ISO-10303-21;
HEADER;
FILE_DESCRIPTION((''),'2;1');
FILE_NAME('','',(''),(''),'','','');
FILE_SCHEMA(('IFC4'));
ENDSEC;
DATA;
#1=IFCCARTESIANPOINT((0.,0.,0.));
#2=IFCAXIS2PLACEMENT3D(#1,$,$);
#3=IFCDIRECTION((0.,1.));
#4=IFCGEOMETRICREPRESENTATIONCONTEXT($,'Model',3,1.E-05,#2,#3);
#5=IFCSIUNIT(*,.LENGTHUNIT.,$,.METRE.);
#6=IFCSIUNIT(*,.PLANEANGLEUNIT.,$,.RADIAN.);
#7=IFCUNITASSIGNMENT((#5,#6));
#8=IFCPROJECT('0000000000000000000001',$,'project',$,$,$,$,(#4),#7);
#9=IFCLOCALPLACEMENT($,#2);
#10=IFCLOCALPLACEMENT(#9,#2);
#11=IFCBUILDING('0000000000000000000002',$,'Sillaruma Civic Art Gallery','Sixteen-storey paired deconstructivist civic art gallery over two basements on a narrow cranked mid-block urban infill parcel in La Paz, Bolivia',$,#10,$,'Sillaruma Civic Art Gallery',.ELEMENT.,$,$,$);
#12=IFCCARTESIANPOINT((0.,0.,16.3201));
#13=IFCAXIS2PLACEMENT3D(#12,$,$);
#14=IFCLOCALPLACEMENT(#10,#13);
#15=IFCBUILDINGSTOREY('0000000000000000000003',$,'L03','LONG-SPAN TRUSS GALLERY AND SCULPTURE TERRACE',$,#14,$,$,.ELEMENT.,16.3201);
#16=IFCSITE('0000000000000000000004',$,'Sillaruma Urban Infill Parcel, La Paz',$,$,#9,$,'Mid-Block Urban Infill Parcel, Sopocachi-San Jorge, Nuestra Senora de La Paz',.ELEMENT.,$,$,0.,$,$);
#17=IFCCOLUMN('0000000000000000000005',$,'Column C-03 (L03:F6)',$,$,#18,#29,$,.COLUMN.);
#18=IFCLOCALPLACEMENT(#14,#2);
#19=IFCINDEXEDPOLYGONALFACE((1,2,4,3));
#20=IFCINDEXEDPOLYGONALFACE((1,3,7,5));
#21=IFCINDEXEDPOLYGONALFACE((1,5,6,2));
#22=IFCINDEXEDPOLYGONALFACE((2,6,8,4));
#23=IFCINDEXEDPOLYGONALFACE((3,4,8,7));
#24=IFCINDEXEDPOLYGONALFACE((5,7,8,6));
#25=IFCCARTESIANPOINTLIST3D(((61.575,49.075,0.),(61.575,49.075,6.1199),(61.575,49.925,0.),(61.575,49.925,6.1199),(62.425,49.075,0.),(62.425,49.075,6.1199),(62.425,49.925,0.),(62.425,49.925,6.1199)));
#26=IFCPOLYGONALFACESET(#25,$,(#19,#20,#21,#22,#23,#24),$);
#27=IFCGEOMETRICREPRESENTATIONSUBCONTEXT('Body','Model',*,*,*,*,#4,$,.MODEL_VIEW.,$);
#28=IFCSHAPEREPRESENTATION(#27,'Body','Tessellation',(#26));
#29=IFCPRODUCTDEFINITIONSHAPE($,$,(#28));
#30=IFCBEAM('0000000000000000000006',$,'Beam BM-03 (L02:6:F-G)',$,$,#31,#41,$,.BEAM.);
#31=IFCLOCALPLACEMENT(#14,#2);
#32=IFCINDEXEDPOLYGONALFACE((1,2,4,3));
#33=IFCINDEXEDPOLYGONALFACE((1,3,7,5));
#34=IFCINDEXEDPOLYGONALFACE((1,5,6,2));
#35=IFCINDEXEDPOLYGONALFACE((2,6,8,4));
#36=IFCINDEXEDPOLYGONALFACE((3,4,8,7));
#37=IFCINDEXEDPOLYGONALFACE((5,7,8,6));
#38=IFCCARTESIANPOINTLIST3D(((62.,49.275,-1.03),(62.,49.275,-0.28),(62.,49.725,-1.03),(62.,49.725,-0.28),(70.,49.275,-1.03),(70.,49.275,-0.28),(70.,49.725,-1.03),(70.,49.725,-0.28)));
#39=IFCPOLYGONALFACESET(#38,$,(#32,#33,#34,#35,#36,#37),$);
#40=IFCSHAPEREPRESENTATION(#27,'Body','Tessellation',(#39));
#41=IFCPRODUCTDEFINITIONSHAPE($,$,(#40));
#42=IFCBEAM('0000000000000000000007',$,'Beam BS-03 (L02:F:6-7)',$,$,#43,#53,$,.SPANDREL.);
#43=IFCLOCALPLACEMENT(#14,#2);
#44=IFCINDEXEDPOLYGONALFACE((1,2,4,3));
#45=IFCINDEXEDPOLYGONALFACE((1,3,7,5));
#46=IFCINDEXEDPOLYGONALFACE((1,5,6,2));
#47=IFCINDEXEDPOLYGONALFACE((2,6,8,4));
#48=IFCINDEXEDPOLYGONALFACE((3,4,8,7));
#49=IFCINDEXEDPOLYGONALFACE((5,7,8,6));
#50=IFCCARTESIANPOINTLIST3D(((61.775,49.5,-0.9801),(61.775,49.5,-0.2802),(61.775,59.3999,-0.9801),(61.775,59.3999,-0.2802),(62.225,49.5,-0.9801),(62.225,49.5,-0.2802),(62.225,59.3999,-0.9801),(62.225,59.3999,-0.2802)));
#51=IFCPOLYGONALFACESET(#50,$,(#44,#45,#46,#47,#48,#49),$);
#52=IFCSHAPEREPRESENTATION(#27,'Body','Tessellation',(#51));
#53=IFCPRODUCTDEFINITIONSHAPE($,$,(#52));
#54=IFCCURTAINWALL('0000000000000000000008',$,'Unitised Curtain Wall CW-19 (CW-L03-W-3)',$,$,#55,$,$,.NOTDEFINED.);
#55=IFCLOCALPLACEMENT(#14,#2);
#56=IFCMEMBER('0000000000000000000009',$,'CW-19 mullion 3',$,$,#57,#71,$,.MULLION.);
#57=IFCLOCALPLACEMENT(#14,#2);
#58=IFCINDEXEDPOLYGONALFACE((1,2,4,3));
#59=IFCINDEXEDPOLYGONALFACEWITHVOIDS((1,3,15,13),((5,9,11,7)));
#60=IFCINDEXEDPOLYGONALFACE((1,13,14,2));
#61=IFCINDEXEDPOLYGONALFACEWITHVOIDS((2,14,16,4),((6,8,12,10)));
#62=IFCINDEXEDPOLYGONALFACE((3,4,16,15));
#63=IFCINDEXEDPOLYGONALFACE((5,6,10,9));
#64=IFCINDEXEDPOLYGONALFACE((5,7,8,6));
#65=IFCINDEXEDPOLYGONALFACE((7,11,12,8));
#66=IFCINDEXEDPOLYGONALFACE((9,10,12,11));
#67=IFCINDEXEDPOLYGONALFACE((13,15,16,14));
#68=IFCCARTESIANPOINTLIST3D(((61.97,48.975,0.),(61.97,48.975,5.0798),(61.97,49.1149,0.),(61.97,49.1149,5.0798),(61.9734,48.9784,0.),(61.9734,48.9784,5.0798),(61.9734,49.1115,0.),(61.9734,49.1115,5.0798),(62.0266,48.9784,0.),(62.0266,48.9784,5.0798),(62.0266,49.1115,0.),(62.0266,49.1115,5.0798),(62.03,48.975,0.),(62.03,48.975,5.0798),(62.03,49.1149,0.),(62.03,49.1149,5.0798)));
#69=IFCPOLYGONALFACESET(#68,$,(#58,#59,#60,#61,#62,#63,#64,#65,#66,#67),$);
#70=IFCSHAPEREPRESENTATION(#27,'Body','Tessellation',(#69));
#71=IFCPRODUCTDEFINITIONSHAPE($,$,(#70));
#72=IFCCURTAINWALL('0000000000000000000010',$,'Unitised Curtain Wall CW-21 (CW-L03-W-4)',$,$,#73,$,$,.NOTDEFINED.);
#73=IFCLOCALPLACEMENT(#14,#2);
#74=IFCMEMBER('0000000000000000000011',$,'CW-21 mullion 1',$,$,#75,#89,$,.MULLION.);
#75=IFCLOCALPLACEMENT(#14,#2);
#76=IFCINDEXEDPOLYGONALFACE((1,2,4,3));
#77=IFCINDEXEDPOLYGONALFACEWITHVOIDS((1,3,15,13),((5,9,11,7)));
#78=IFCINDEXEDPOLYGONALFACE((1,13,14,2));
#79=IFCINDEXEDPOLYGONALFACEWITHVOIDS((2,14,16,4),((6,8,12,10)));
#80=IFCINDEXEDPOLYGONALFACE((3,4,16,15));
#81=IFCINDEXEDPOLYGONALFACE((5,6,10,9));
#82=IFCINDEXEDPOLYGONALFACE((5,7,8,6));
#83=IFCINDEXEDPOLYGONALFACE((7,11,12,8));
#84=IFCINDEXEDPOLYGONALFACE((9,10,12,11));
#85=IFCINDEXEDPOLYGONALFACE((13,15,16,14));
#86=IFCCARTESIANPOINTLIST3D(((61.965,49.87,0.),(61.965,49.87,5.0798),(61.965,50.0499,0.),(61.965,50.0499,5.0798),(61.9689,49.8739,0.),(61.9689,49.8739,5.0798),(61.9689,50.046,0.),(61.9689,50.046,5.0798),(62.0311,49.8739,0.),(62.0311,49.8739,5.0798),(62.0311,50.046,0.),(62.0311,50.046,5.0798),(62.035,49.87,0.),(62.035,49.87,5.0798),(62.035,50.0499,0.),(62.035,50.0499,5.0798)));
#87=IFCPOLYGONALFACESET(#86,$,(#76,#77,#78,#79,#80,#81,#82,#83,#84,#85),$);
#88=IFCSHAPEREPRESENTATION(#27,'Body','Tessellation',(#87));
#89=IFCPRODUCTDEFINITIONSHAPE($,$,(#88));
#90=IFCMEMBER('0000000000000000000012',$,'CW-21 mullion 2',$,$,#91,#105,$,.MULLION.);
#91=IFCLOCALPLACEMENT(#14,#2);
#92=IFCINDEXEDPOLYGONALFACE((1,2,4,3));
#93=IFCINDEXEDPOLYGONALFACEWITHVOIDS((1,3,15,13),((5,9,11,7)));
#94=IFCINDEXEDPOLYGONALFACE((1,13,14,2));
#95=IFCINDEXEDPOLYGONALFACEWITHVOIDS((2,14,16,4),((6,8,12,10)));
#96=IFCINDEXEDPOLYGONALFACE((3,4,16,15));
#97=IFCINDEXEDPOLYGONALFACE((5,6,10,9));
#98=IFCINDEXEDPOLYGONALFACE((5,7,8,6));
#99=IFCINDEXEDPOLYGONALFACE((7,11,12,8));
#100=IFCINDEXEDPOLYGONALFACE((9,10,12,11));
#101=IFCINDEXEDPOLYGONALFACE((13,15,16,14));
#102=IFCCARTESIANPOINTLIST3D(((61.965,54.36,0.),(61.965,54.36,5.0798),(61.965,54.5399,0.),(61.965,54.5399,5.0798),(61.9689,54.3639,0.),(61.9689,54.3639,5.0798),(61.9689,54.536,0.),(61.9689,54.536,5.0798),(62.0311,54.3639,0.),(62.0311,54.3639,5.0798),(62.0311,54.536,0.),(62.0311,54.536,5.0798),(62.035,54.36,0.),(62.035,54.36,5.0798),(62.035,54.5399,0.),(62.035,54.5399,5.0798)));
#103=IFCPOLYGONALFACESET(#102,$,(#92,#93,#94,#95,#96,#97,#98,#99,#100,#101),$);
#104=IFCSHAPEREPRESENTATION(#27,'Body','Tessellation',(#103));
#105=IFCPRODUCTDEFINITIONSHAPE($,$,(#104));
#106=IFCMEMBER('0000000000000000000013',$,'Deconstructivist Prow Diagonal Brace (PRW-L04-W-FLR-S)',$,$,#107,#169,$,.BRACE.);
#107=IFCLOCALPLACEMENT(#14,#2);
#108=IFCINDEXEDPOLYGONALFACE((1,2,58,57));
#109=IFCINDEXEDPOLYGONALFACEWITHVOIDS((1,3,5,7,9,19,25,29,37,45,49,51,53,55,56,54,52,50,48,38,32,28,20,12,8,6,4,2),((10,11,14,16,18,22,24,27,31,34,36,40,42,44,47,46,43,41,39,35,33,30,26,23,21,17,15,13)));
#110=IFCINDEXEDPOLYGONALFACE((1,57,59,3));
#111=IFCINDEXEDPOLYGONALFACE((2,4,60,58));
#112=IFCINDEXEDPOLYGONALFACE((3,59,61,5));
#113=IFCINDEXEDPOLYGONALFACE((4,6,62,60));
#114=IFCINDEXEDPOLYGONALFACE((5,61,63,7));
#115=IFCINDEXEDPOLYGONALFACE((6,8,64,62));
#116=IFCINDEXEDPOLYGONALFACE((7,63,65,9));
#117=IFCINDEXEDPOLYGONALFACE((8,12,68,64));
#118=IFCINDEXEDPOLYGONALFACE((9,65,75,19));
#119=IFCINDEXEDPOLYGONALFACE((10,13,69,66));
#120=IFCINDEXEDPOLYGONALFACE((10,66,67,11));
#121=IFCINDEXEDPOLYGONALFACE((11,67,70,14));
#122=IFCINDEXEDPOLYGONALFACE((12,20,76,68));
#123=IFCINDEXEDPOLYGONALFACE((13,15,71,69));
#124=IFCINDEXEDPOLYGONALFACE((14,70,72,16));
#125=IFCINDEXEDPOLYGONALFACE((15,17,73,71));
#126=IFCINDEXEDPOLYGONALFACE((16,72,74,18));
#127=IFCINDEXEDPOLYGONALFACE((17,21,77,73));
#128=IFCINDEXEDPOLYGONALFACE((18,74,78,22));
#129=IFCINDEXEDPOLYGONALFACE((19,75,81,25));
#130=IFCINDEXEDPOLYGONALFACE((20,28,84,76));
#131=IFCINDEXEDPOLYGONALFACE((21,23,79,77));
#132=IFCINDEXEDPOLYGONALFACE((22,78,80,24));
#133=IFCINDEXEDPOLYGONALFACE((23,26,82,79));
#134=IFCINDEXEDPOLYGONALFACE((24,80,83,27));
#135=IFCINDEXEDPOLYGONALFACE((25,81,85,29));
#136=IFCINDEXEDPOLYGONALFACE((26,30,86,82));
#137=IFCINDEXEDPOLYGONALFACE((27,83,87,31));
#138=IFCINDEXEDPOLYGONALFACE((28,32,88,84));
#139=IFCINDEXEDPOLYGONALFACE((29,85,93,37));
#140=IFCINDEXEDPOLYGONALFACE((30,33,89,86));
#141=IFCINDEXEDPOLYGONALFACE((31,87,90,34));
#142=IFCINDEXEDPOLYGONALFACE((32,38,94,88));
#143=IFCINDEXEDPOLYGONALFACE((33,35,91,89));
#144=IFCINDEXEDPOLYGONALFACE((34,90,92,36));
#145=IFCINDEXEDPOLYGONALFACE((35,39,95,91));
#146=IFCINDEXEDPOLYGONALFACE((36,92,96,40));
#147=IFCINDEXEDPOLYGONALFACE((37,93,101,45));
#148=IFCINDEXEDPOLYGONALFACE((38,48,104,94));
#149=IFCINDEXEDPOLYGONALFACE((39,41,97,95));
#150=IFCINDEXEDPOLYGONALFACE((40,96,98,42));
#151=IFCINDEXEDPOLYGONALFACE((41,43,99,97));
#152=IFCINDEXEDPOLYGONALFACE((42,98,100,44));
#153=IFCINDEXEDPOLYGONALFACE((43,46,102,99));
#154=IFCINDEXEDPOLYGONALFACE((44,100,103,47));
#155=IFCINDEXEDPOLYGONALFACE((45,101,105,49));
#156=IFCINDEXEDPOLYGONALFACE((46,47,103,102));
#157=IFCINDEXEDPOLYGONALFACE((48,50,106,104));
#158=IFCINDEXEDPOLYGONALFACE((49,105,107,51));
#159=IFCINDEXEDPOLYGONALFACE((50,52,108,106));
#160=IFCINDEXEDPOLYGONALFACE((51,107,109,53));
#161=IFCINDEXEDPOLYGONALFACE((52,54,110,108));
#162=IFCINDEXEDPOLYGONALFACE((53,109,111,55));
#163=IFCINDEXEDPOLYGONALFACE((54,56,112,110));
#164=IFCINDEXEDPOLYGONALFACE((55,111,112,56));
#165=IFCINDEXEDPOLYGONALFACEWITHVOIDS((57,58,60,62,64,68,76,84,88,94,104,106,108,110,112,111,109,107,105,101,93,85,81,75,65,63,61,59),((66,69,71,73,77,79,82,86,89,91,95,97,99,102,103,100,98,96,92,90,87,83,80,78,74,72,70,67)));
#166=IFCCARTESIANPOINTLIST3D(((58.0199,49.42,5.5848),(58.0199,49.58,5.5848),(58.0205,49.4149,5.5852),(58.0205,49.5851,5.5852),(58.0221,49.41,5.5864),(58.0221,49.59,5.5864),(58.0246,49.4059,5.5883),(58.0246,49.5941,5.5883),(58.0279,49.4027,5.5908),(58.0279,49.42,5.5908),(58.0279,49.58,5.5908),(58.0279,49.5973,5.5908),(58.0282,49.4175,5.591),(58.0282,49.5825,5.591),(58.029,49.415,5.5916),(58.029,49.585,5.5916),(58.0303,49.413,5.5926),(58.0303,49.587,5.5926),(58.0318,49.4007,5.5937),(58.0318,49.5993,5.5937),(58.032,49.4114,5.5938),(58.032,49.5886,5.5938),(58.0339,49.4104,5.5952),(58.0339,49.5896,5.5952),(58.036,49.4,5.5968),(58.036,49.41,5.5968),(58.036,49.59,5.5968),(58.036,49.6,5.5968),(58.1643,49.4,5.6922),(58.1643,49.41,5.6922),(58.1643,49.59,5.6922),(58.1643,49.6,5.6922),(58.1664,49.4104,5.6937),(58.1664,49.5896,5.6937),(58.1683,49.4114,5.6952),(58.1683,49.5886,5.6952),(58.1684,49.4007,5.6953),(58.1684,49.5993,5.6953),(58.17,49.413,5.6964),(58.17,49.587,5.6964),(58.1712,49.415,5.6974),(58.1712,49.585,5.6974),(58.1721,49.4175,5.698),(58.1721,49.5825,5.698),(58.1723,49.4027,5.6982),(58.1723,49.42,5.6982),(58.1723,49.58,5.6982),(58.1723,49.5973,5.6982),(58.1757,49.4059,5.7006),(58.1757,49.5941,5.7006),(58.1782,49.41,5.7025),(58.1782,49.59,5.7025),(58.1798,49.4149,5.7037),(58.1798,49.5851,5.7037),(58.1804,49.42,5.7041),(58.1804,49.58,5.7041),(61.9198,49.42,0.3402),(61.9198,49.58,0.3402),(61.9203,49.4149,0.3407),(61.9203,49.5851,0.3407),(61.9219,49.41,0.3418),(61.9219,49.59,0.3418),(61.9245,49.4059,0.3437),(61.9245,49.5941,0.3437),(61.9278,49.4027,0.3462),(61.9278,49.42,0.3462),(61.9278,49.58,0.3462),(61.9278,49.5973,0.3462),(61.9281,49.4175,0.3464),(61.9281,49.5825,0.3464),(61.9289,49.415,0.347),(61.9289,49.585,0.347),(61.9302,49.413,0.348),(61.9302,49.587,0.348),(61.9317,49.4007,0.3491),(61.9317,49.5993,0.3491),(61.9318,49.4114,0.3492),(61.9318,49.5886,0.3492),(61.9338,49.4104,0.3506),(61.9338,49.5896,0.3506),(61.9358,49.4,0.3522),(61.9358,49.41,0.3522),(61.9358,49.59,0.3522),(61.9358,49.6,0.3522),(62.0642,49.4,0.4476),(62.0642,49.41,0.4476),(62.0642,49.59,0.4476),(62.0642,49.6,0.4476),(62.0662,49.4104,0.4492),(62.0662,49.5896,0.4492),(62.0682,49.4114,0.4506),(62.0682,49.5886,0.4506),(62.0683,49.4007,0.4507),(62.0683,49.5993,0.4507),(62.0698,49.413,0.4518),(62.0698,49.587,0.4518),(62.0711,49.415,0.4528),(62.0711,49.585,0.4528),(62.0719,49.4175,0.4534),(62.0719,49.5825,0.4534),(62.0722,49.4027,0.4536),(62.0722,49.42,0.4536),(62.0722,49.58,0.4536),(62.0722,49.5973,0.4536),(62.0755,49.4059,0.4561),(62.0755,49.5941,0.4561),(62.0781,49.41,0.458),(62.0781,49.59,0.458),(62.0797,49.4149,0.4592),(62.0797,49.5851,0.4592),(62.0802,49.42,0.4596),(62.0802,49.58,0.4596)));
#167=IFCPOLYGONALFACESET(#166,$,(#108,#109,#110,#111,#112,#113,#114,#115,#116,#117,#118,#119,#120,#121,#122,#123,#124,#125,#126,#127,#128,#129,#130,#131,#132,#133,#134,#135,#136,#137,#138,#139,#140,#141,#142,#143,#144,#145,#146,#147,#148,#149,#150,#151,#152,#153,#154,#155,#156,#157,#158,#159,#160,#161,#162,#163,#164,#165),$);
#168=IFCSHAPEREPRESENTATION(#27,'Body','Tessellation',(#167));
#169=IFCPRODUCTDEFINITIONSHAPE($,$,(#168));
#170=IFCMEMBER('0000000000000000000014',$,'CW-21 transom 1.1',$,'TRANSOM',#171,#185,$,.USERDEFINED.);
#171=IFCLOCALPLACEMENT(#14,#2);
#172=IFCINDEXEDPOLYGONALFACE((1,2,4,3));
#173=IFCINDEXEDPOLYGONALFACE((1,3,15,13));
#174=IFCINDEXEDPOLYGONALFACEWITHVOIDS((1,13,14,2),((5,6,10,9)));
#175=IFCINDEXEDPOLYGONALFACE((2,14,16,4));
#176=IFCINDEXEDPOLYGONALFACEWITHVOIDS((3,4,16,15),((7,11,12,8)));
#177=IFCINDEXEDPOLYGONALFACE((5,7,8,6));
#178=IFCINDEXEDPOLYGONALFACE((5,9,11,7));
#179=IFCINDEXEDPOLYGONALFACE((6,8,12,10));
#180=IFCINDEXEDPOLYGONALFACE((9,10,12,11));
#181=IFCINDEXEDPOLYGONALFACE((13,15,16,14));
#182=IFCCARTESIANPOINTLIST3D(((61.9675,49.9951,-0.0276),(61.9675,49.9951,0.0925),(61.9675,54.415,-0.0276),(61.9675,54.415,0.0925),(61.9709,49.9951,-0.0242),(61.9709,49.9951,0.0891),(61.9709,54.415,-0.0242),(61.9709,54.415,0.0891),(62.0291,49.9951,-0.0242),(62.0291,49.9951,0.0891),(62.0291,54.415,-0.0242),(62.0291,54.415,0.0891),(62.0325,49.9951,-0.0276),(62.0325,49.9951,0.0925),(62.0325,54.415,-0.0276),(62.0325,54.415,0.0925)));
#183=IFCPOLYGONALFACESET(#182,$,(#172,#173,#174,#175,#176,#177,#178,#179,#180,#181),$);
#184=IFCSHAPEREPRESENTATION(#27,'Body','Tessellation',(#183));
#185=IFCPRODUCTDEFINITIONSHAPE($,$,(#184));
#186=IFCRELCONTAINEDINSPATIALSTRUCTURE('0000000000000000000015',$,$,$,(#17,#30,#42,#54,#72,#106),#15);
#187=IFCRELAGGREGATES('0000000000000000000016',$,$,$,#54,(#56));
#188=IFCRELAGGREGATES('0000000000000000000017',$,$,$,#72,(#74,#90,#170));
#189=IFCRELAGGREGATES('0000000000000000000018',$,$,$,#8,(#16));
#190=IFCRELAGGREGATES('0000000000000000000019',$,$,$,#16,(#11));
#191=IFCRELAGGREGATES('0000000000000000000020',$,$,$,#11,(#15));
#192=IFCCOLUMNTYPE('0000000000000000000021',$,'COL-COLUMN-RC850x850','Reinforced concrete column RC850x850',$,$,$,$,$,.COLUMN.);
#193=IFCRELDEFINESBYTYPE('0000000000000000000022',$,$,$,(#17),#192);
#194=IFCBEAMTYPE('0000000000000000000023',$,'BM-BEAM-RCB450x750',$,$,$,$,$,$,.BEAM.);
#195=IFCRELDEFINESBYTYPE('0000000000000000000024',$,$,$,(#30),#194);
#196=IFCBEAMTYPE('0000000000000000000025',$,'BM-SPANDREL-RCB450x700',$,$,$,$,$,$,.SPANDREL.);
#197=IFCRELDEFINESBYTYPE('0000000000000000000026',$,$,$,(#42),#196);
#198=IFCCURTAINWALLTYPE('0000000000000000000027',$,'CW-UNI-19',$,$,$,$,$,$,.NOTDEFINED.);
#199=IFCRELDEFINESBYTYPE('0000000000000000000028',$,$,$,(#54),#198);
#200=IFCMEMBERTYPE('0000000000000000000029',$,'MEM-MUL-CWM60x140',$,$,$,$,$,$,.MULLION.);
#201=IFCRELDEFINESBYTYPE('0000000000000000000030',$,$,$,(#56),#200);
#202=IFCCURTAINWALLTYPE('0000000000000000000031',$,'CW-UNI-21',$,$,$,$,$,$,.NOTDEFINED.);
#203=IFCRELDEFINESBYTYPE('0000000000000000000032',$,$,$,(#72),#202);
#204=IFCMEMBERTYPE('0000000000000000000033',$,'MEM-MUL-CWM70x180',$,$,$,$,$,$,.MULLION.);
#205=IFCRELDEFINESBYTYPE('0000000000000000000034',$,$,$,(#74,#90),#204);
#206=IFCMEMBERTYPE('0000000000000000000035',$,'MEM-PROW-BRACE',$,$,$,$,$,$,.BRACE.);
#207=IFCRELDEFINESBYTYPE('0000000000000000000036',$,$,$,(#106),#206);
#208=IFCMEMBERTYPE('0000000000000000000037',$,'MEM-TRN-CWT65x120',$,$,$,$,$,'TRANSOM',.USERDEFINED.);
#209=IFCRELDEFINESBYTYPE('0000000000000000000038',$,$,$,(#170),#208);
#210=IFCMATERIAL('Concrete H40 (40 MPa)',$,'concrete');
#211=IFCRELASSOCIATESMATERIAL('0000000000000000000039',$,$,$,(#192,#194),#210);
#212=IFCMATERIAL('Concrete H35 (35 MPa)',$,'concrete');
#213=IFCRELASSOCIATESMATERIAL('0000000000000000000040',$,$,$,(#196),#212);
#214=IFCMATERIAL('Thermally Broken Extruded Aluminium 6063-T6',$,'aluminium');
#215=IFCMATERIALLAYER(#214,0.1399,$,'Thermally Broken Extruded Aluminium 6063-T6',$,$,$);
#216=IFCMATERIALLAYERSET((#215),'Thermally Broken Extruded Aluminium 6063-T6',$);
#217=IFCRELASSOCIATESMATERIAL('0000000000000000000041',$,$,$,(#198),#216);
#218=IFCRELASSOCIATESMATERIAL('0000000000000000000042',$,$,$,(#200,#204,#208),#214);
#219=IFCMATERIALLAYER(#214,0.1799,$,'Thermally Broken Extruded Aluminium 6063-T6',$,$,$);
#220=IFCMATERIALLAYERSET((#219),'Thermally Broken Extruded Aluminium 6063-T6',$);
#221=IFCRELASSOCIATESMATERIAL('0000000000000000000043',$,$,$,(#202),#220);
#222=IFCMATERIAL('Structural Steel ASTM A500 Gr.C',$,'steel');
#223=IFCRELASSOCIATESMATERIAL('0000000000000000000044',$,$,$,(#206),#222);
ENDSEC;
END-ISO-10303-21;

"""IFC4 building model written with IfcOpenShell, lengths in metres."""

from ifc_helpers import new_model, si_unit, direction, frame, origin, origin_2d, place, context, subcontext, project, spatial, rectangle, hollow_rectangle, extrude, material, layer, layer_set, material_profile, profile_set, type_object, element, aggregate, save


model = new_model("IFC4")

# Units and contexts
model_context = context("Model", 3, precision=1e-05, world=origin(), true_north=direction((0.0, 1.0)))
body_context = subcontext(model_context, "Body", "Model", "MODEL_VIEW")
ifc_project = project(units=[si_unit("LENGTHUNIT", "METRE"), si_unit("PLANEANGLEUNIT", "RADIAN")], contexts=[model_context])

# Site, building, storey
site_placement = place(None, origin())
site = spatial("IfcSite", under=ifc_project, at=site_placement, Name="Sillaruma Urban Infill Parcel, La Paz", LongName="Mid-Block Urban Infill Parcel, Sopocachi-San Jorge, Nuestra Senora de La Paz", CompositionType="ELEMENT", RefElevation=0.0)
building_placement = place(site_placement, origin())
building = spatial("IfcBuilding", under=site, at=building_placement, Name="Sillaruma Civic Art Gallery", Description="Sixteen-storey paired deconstructivist civic art gallery over two basements on a narrow cranked mid-block urban infill parcel in La Paz, Bolivia", LongName="Sillaruma Civic Art Gallery", CompositionType="ELEMENT")
storey_placement = place(building_placement, frame((0.0, 0.0, 16.3201)))
storey = spatial("IfcBuildingStorey", under=building, at=storey_placement, Name="L03", Description="LONG-SPAN TRUSS GALLERY AND SCULPTURE TERRACE", CompositionType="ELEMENT", Elevation=16.3201)

# Column
ifc_material_1 = material(Name="Concrete H40 (40 MPa)", Category="concrete")
ifc_material_profile_1 = material_profile(ifc_material_1, rectangle(XDim=0.8501, YDim=0.8501, at=origin_2d()), Name="RC850x850")
ifc_profile_set_1 = profile_set([ifc_material_profile_1], Name="Concrete H40 (40 MPa)")
column_type = type_object("IfcColumnType", Name="COL-COLUMN-RC850x850", Description="Reinforced concrete column RC850x850", PredefinedType="COLUMN", material=ifc_profile_set_1)
column_placement = place(storey_placement, frame((62.0, 49.5, 0.0), z_axis=(0.0, 0.0, 1.0), x_axis=(1.0, 0.0, 0.0)))
element("IfcColumn", 1, at=column_placement, inside=storey, type_object=column_type, Name="Column C-03 (L03:F6)", PredefinedType="COLUMN", context=body_context, shape_type="SweptSolid", body=[
    extrude(rectangle(XDim=0.8501, YDim=0.8501, at=origin_2d()), origin(), (0.0, 0.0, 1.0), 6.1199),
])

# Beams
ifc_material_profile_2 = material_profile(ifc_material_1, rectangle(XDim=0.45, YDim=0.75, at=origin_2d()), Name="RCB450x750")
ifc_profile_set_2 = profile_set([ifc_material_profile_2], Name="Concrete H40 (40 MPa)")
beam_type_1 = type_object("IfcBeamType", Name="BM-BEAM-RCB450x750", PredefinedType="BEAM", material=ifc_profile_set_2)
beam_1_placement = place(storey_placement, frame((62.0, 49.5, -0.655), z_axis=(1.0, 0.0, 0.0), x_axis=(0.0, 1.0, 0.0)))
element("IfcBeam", 2, at=beam_1_placement, inside=storey, type_object=beam_type_1, Name="Beam BM-03 (L02:6:F-G)", PredefinedType="BEAM", context=body_context, shape_type="SweptSolid", body=[
    extrude(rectangle(XDim=0.45, YDim=0.75, at=origin_2d()), origin(), (0.0, 0.0, 1.0), 8.0),
])
ifc_material_2 = material(Name="Concrete H35 (35 MPa)", Category="concrete")
ifc_material_profile_3 = material_profile(ifc_material_2, rectangle(XDim=0.45, YDim=0.7, at=origin_2d()), Name="RCB450x700")
ifc_profile_set_3 = profile_set([ifc_material_profile_3], Name="Concrete H35 (35 MPa)")
beam_type_2 = type_object("IfcBeamType", Name="BM-SPANDREL-RCB450x700", PredefinedType="SPANDREL", material=ifc_profile_set_3)
beam_2_placement = place(storey_placement, frame((62.0, 49.5, -0.6301), z_axis=(0.0, 1.0, 0.0), x_axis=(-1.0, 0.0, 0.0)))
element("IfcBeam", 3, at=beam_2_placement, inside=storey, type_object=beam_type_2, Name="Beam BS-03 (L02:F:6-7)", PredefinedType="SPANDREL", context=body_context, shape_type="SweptSolid", body=[
    extrude(rectangle(XDim=0.45, YDim=0.7, at=origin_2d()), origin(), (0.0, 0.0, 1.0), 9.8999),
])

# Curtain wall, member
ifc_material_3 = material(Name="Thermally Broken Extruded Aluminium 6063-T6", Category="aluminium")
ifc_layer_1 = layer(ifc_material_3, 0.1399, Name="Thermally Broken Extruded Aluminium 6063-T6")
ifc_layer_set_1 = layer_set([ifc_layer_1], Name="Thermally Broken Extruded Aluminium 6063-T6")
curtain_wall_type_1 = type_object("IfcCurtainWallType", Name="CW-UNI-19", PredefinedType="NOTDEFINED", material=ifc_layer_set_1)
curtain_wall_1_placement = place(storey_placement, origin())
curtain_wall_1 = element("IfcCurtainWall", 4, at=curtain_wall_1_placement, inside=storey, type_object=curtain_wall_type_1, Name="Unitised Curtain Wall CW-19 (CW-L03-W-3)", PredefinedType="NOTDEFINED")
ifc_material_profile_4 = material_profile(ifc_material_3, hollow_rectangle(XDim=0.0601, YDim=0.1399, WallThickness=0.0034, at=origin_2d()), Name="CWM60x140")
ifc_profile_set_4 = profile_set([ifc_material_profile_4], Name="Thermally Broken Extruded Aluminium 6063-T6")
member_type_1 = type_object("IfcMemberType", Name="MEM-MUL-CWM60x140", PredefinedType="MULLION", material=ifc_profile_set_4)
member_1_placement = place(storey_placement, frame((62.0, 49.0449, 0.0), z_axis=(0.0, 0.0, 1.0), x_axis=(-1.0, 0.0, 0.0)))
member_1 = element("IfcMember", 5, at=member_1_placement, type_object=member_type_1, Name="CW-19 mullion 3", PredefinedType="MULLION", context=body_context, shape_type="SweptSolid", body=[
    extrude(hollow_rectangle(XDim=0.0601, YDim=0.1399, WallThickness=0.0034, at=origin_2d()), origin(), (0.0, 0.0, 1.0), 5.0798),
])
aggregate(curtain_wall_1, [member_1])

# Curtain wall, members
ifc_layer_2 = layer(ifc_material_3, 0.1799, Name="Thermally Broken Extruded Aluminium 6063-T6")
ifc_layer_set_2 = layer_set([ifc_layer_2], Name="Thermally Broken Extruded Aluminium 6063-T6")
curtain_wall_type_2 = type_object("IfcCurtainWallType", Name="CW-UNI-21", PredefinedType="NOTDEFINED", material=ifc_layer_set_2)
curtain_wall_2_placement = place(storey_placement, origin())
curtain_wall_2 = element("IfcCurtainWall", 6, at=curtain_wall_2_placement, inside=storey, type_object=curtain_wall_type_2, Name="Unitised Curtain Wall CW-21 (CW-L03-W-4)", PredefinedType="NOTDEFINED")
ifc_material_profile_5 = material_profile(ifc_material_3, hollow_rectangle(XDim=0.0701, YDim=0.1799, WallThickness=0.0039, at=origin_2d()), Name="CWM70x180")
ifc_profile_set_5 = profile_set([ifc_material_profile_5], Name="Thermally Broken Extruded Aluminium 6063-T6")
member_type_2 = type_object("IfcMemberType", Name="MEM-MUL-CWM70x180", PredefinedType="MULLION", material=ifc_profile_set_5)
member_2_placement = place(storey_placement, frame((62.0, 49.96, 0.0), z_axis=(0.0, 0.0, 1.0), x_axis=(-1.0, 0.0, 0.0)))
member_2 = element("IfcMember", 7, at=member_2_placement, type_object=member_type_2, Name="CW-21 mullion 1", PredefinedType="MULLION", context=body_context, shape_type="SweptSolid", body=[
    extrude(hollow_rectangle(XDim=0.0701, YDim=0.1799, WallThickness=0.0039, at=origin_2d()), origin(), (0.0, 0.0, 1.0), 5.0798),
])
member_3_placement = place(storey_placement, frame((62.0, 54.45, 0.0), z_axis=(0.0, 0.0, 1.0), x_axis=(-1.0, 0.0, 0.0)))
member_3 = element("IfcMember", 8, at=member_3_placement, type_object=member_type_2, Name="CW-21 mullion 2", PredefinedType="MULLION", context=body_context, shape_type="SweptSolid", body=[
    extrude(hollow_rectangle(XDim=0.0701, YDim=0.1799, WallThickness=0.0039, at=origin_2d()), origin(), (0.0, 0.0, 1.0), 5.0798),
])

# Members
ifc_material_4 = material(Name="Structural Steel ASTM A500 Gr.C", Category="steel")
ifc_material_profile_6 = material_profile(ifc_material_4, hollow_rectangle(XDim=0.2, YDim=0.2, WallThickness=0.01, InnerFilletRadius=0.01, OuterFilletRadius=0.02, at=origin_2d()), Name="HSS200x200x10")
ifc_profile_set_6 = profile_set([ifc_material_profile_6], Name="Structural Steel ASTM A500 Gr.C")
member_type_3 = type_object("IfcMemberType", Name="MEM-PROW-BRACE", PredefinedType="BRACE", material=ifc_profile_set_6)
member_4_placement = place(storey_placement, frame((62.0, 49.5, 0.3999), z_axis=(-0.596708, 0.0, 0.802459), x_axis=(0.0, -1.0, 0.0)))
element("IfcMember", 9, at=member_4_placement, inside=storey, type_object=member_type_3, Name="Deconstructivist Prow Diagonal Brace (PRW-L04-W-FLR-S)", PredefinedType="BRACE", context=body_context, shape_type="SweptSolid", body=[
    extrude(hollow_rectangle(XDim=0.2, YDim=0.2, WallThickness=0.01, InnerFilletRadius=0.01, OuterFilletRadius=0.02, at=origin_2d()), origin(), (0.0, 0.0, 1.0), 6.5356),
])
ifc_material_profile_7 = material_profile(ifc_material_3, hollow_rectangle(XDim=0.0649, YDim=0.1201, WallThickness=0.0034, at=origin_2d()), Name="CWT65x120")
ifc_profile_set_7 = profile_set([ifc_material_profile_7], Name="Thermally Broken Extruded Aluminium 6063-T6")
member_type_4 = type_object("IfcMemberType", Name="MEM-TRN-CWT65x120", ElementType="TRANSOM", PredefinedType="USERDEFINED", material=ifc_profile_set_7)
member_5_placement = place(storey_placement, frame((62.0, 49.9951, 0.0325), z_axis=(0.0, 1.0, 0.0), x_axis=(-1.0, 0.0, 0.0)))
member_5 = element("IfcMember", 10, at=member_5_placement, type_object=member_type_4, Name="CW-21 transom 1.1", ObjectType="TRANSOM", PredefinedType="USERDEFINED", context=body_context, shape_type="SweptSolid", body=[
    extrude(hollow_rectangle(XDim=0.0649, YDim=0.1201, WallThickness=0.0034, at=origin_2d()), origin(), (0.0, 0.0, 1.0), 4.4199),
])

aggregate(curtain_wall_2, [member_2, member_3, member_5])

save(model, "model.ifc")
